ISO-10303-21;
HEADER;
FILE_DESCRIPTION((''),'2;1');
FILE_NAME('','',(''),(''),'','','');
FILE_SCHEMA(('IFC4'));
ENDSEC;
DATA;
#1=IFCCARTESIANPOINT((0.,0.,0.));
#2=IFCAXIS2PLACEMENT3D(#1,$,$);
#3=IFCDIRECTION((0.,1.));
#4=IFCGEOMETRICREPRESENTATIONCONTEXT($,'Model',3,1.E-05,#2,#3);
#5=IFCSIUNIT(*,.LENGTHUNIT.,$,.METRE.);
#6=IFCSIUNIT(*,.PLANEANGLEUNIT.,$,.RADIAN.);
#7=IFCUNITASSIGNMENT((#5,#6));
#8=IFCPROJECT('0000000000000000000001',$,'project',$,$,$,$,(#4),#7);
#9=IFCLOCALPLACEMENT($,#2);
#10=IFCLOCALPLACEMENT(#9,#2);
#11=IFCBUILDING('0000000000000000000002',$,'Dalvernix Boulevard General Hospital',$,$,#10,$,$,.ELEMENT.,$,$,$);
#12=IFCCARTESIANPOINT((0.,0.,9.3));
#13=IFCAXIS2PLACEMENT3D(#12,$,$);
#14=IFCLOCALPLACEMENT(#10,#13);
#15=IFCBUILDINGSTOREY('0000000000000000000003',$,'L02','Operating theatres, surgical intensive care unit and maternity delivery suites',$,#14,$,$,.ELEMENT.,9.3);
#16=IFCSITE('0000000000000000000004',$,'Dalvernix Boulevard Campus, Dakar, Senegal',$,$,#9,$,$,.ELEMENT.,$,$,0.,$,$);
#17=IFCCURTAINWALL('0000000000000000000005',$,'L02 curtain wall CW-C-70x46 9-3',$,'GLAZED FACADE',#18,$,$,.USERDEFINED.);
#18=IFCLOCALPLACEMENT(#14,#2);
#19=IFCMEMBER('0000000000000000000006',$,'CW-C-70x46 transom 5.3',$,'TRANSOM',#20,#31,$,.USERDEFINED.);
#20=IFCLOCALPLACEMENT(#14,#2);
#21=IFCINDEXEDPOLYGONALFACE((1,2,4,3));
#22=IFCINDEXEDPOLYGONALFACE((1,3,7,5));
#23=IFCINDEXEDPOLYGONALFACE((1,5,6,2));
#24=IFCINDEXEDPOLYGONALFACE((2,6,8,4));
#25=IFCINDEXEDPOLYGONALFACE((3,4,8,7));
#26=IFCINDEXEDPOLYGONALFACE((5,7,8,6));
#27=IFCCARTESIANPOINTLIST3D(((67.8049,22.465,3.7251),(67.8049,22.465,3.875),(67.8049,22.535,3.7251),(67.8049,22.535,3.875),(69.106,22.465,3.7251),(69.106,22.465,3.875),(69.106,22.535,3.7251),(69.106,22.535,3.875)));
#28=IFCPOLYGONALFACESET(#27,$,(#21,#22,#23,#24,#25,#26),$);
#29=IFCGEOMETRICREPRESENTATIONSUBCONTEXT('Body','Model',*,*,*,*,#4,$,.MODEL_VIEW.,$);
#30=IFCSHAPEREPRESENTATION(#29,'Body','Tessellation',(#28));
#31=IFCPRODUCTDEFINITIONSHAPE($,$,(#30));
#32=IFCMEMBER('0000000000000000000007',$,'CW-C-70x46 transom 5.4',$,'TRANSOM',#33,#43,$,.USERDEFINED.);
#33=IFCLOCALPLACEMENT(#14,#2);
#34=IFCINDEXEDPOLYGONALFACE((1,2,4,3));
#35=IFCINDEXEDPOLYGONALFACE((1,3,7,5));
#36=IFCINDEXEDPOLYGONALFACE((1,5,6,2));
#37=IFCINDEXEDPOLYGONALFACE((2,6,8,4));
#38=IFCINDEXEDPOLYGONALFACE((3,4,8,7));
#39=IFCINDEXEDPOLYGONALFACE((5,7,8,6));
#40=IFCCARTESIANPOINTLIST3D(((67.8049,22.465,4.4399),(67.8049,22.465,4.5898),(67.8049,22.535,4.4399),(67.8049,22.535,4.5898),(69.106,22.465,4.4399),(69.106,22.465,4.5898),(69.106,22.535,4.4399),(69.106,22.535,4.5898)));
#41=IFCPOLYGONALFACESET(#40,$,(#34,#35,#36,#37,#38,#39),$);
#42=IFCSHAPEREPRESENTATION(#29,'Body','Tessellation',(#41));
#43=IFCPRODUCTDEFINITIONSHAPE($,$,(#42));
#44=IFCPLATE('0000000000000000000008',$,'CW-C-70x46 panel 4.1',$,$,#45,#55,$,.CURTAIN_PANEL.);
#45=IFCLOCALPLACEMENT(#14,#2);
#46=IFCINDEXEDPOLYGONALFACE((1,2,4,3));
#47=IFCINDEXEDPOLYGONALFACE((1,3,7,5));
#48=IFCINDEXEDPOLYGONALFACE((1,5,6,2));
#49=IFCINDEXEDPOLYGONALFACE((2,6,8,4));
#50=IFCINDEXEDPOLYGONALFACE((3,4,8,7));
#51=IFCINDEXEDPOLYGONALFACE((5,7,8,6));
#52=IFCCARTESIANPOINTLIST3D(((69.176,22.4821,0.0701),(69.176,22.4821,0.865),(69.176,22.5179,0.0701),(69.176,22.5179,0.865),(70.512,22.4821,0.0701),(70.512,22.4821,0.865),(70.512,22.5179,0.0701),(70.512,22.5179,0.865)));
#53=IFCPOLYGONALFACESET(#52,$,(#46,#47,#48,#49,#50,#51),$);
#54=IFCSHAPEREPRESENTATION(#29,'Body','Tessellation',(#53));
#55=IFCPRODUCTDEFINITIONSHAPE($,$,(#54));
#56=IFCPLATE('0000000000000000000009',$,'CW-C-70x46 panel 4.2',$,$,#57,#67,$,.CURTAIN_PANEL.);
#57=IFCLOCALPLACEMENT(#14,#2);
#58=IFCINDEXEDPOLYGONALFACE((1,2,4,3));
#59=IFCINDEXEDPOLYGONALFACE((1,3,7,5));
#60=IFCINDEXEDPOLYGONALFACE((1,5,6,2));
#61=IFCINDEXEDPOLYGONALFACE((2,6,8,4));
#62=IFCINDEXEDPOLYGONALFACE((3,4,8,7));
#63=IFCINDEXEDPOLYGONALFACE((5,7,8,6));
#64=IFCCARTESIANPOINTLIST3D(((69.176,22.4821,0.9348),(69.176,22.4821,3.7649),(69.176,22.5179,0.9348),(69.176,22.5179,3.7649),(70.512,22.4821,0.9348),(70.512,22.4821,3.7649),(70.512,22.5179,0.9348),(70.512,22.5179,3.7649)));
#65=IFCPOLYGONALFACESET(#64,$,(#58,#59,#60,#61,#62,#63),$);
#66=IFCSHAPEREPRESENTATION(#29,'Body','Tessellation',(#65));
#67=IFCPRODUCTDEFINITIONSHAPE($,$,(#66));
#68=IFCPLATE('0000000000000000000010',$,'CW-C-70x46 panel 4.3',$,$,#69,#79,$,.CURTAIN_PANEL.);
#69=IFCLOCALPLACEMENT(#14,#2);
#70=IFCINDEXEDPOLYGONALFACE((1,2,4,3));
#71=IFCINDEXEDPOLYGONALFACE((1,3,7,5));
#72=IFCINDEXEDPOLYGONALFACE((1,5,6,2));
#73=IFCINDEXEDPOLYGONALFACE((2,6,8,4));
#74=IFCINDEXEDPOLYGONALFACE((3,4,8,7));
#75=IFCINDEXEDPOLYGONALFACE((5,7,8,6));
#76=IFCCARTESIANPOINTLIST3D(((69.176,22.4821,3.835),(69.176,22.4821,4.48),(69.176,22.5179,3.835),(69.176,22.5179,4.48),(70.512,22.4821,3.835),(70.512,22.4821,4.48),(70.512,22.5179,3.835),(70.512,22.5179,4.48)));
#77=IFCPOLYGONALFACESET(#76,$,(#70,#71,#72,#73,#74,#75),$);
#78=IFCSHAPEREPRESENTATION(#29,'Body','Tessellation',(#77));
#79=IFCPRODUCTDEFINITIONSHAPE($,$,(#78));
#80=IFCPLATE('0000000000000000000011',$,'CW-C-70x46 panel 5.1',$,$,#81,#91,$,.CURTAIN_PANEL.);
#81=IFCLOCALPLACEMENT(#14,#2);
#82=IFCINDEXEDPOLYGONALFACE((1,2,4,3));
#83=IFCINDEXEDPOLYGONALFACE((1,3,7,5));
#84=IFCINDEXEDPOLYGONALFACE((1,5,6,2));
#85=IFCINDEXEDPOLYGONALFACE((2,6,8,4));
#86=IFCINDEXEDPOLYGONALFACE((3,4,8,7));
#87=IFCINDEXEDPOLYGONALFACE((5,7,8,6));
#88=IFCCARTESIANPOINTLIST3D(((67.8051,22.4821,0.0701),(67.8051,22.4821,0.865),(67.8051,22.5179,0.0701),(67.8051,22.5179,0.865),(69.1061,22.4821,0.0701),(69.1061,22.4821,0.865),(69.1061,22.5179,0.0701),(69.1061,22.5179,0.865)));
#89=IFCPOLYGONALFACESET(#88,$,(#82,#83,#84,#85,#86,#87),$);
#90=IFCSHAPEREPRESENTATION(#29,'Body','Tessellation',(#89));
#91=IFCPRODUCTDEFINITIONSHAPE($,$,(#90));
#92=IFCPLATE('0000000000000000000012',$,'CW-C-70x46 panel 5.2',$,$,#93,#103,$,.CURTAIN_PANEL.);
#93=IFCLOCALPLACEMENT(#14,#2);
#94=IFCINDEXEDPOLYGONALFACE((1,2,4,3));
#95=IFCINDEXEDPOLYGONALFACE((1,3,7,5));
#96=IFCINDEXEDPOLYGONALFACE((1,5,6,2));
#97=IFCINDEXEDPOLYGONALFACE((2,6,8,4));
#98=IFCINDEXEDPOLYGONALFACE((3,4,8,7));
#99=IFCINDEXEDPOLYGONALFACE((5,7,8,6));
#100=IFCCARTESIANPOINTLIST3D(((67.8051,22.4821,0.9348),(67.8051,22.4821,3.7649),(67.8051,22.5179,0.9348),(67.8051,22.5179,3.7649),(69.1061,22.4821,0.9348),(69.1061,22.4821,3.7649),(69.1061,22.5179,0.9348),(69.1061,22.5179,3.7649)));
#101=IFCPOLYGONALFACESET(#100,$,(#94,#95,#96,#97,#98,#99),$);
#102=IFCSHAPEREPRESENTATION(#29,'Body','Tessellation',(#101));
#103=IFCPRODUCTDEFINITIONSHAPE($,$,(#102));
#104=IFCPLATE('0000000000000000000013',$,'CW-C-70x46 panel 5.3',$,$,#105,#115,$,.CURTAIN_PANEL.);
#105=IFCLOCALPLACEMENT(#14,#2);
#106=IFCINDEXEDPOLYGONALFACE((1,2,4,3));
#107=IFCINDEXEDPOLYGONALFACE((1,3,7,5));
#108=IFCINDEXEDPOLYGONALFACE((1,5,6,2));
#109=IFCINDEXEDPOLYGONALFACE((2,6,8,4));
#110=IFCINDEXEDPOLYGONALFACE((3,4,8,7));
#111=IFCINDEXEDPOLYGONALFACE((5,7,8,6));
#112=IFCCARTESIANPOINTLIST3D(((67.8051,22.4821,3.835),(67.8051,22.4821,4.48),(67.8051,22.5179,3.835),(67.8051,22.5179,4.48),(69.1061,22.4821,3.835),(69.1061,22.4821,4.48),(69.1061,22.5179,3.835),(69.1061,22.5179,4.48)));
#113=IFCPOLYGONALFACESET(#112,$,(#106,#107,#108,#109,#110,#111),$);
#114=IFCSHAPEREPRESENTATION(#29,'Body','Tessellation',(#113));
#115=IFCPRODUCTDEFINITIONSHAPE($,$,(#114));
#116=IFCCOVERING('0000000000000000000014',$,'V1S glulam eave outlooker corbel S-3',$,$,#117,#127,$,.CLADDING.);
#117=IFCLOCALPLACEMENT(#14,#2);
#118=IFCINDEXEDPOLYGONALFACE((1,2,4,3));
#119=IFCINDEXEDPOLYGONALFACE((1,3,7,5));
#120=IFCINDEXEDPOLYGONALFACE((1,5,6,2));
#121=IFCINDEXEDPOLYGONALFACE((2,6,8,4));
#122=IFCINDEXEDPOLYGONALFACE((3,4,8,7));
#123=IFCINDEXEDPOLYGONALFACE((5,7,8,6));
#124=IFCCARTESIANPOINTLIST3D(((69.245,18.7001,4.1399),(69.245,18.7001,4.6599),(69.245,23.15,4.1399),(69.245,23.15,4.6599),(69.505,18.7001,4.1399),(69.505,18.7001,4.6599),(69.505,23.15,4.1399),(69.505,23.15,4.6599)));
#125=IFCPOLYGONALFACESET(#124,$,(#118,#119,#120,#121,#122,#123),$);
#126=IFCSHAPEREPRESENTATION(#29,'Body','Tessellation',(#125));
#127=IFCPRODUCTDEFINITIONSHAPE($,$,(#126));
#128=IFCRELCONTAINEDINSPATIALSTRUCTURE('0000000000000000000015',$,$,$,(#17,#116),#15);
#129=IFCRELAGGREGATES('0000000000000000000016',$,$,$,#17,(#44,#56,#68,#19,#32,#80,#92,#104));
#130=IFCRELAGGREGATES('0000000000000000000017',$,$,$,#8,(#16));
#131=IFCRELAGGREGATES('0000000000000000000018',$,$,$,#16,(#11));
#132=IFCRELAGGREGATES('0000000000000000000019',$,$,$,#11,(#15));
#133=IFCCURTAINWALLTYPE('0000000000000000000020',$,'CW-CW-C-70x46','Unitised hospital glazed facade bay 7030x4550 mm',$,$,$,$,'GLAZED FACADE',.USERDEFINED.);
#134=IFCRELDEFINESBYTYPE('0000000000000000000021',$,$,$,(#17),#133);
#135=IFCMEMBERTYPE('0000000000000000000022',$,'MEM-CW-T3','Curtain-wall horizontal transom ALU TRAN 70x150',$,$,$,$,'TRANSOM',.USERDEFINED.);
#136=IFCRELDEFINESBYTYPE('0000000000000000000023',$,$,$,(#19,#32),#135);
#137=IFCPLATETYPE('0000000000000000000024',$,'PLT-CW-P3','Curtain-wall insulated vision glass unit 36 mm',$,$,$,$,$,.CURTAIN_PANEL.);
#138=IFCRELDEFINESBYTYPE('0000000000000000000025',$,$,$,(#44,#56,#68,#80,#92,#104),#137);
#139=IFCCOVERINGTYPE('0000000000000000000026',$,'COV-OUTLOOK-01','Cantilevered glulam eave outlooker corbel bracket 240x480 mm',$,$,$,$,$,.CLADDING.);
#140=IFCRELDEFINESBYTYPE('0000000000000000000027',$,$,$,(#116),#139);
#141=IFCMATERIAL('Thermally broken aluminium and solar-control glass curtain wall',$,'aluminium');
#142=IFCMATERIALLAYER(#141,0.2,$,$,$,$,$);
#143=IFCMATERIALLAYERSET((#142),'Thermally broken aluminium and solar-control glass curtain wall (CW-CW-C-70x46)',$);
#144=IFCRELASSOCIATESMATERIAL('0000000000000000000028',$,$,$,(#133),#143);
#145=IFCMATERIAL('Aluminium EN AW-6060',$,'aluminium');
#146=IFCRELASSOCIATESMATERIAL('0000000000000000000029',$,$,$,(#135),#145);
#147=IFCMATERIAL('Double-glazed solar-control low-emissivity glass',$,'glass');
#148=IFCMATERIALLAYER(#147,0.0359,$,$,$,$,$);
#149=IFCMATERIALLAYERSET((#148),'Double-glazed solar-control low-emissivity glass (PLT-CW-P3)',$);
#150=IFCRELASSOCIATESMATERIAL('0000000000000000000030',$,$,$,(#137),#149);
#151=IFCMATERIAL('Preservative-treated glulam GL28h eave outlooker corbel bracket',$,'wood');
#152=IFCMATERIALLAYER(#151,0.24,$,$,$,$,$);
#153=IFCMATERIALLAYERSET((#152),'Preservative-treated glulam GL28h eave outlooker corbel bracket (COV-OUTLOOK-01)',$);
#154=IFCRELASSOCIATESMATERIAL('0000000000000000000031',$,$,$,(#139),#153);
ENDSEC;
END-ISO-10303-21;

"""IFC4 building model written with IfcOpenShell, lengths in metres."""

from ifc_helpers import new_model, si_unit, direction, frame, origin, origin_2d, place, context, subcontext, project, spatial, rectangle, extrude, material, layer, layer_set, material_profile, profile_set, type_object, element, aggregate, save


model = new_model("IFC4")

# Units and contexts
model_context = context("Model", 3, precision=1e-05, world=origin(), true_north=direction((0.0, 1.0)))
body_context = subcontext(model_context, "Body", "Model", "MODEL_VIEW")
ifc_project = project(units=[si_unit("LENGTHUNIT", "METRE"), si_unit("PLANEANGLEUNIT", "RADIAN")], contexts=[model_context])

# Site, building, storey
site_placement = place(None, origin())
site = spatial("IfcSite", under=ifc_project, at=site_placement, Name="Dalvernix Boulevard Campus, Dakar, Senegal", CompositionType="ELEMENT", RefElevation=0.0)
building_placement = place(site_placement, origin())
building = spatial("IfcBuilding", under=site, at=building_placement, Name="Dalvernix Boulevard General Hospital", CompositionType="ELEMENT")
storey_placement = place(building_placement, frame((0.0, 0.0, 9.3)))
storey = spatial("IfcBuildingStorey", under=building, at=storey_placement, Name="L02", Description="Operating theatres, surgical intensive care unit and maternity delivery suites", CompositionType="ELEMENT", Elevation=9.3)

# Shared definitions
ifc_material_1 = material(Name="Thermally broken aluminium and solar-control glass curtain wall", Category="aluminium")
ifc_material_2 = material(Name="Aluminium EN AW-6060", Category="aluminium")

# Curtain wall
ifc_layer_1 = layer(ifc_material_1, 0.2)
ifc_layer_set_1 = layer_set([ifc_layer_1], Name="Thermally broken aluminium and solar-control glass curtain wall (CW-CW-C-70x46)")
curtain_wall_type_1 = type_object("IfcCurtainWallType", Name="CW-CW-C-70x46", Description="Unitised hospital glazed facade bay 7030x4550 mm", ElementType="GLAZED FACADE", PredefinedType="USERDEFINED", material=ifc_layer_set_1)
curtain_wall_1_placement = place(storey_placement, origin())
curtain_wall_1 = element("IfcCurtainWall", 1, at=curtain_wall_1_placement, inside=storey, type_object=curtain_wall_type_1, Name="L02 curtain wall CW-C-70x46 9-3", ObjectType="GLAZED FACADE", PredefinedType="USERDEFINED")

# Members
ifc_material_profile_1 = material_profile(ifc_material_2, rectangle(XDim=0.0701, YDim=0.1499, at=origin_2d()), Name="ALU TRAN 70x150")
ifc_profile_set_1 = profile_set([ifc_material_profile_1], Name="Aluminium EN AW-6060")
member_type_1 = type_object("IfcMemberType", Name="MEM-CW-T3", Description="Curtain-wall horizontal transom ALU TRAN 70x150", ElementType="TRANSOM", PredefinedType="USERDEFINED", material=ifc_profile_set_1)
member_1_placement = place(storey_placement, frame((69.106, 22.5, 3.8), z_axis=(-1.0, 0.0, 0.0), x_axis=(0.0, -1.0, 0.0)))
member_1 = element("IfcMember", 2, at=member_1_placement, type_object=member_type_1, Name="CW-C-70x46 transom 5.3", ObjectType="TRANSOM", PredefinedType="USERDEFINED", context=body_context, shape_type="SweptSolid", body=[
    extrude(rectangle(XDim=0.0701, YDim=0.1499, at=origin_2d()), origin(), (0.0, 0.0, 1.0), 1.301),
])
member_2_placement = place(storey_placement, frame((69.106, 22.5, 4.5149), z_axis=(-1.0, 0.0, 0.0), x_axis=(0.0, -1.0, 0.0)))
member_2 = element("IfcMember", 3, at=member_2_placement, type_object=member_type_1, Name="CW-C-70x46 transom 5.4", ObjectType="TRANSOM", PredefinedType="USERDEFINED", context=body_context, shape_type="SweptSolid", body=[
    extrude(rectangle(XDim=0.0701, YDim=0.1499, at=origin_2d()), origin(), (0.0, 0.0, 1.0), 1.301),
])

# Plates
ifc_material_3 = material(Name="Double-glazed solar-control low-emissivity glass", Category="glass")
ifc_layer_2 = layer(ifc_material_3, 0.0359)
ifc_layer_set_2 = layer_set([ifc_layer_2], Name="Double-glazed solar-control low-emissivity glass (PLT-CW-P3)")
plate_type = type_object("IfcPlateType", Name="PLT-CW-P3", Description="Curtain-wall insulated vision glass unit 36 mm", PredefinedType="CURTAIN_PANEL", material=ifc_layer_set_2)
plate_1_placement = place(storey_placement, frame((69.844, 22.5, 0.0701), z_axis=(0.0, 0.0, 1.0), x_axis=(-1.0, 0.0, 0.0)))
plate_1 = element("IfcPlate", 4, at=plate_1_placement, type_object=plate_type, Name="CW-C-70x46 panel 4.1", PredefinedType="CURTAIN_PANEL", context=body_context, shape_type="SweptSolid", body=[
    extrude(rectangle(XDim=1.3359, YDim=0.0359, at=origin_2d()), origin(), (0.0, 0.0, 1.0), 0.7949),
])
plate_2_placement = place(storey_placement, frame((69.844, 22.5, 0.9348), z_axis=(0.0, 0.0, 1.0), x_axis=(-1.0, 0.0, 0.0)))
plate_2 = element("IfcPlate", 5, at=plate_2_placement, type_object=plate_type, Name="CW-C-70x46 panel 4.2", PredefinedType="CURTAIN_PANEL", context=body_context, shape_type="SweptSolid", body=[
    extrude(rectangle(XDim=1.3359, YDim=0.0359, at=origin_2d()), origin(), (0.0, 0.0, 1.0), 2.8301),
])
plate_3_placement = place(storey_placement, frame((69.844, 22.5, 3.835), z_axis=(0.0, 0.0, 1.0), x_axis=(-1.0, 0.0, 0.0)))
plate_3 = element("IfcPlate", 6, at=plate_3_placement, type_object=plate_type, Name="CW-C-70x46 panel 4.3", PredefinedType="CURTAIN_PANEL", context=body_context, shape_type="SweptSolid", body=[
    extrude(rectangle(XDim=1.3359, YDim=0.0359, at=origin_2d()), origin(), (0.0, 0.0, 1.0), 0.645),
])
plate_4_placement = place(storey_placement, frame((68.4556, 22.5, 0.0701), z_axis=(0.0, 0.0, 1.0), x_axis=(-1.0, 0.0, 0.0)))
plate_4 = element("IfcPlate", 7, at=plate_4_placement, type_object=plate_type, Name="CW-C-70x46 panel 5.1", PredefinedType="CURTAIN_PANEL", context=body_context, shape_type="SweptSolid", body=[
    extrude(rectangle(XDim=1.301, YDim=0.0359, at=origin_2d()), origin(), (0.0, 0.0, 1.0), 0.7949),
])
plate_5_placement = place(storey_placement, frame((68.4556, 22.5, 0.9348), z_axis=(0.0, 0.0, 1.0), x_axis=(-1.0, 0.0, 0.0)))
plate_5 = element("IfcPlate", 8, at=plate_5_placement, type_object=plate_type, Name="CW-C-70x46 panel 5.2", PredefinedType="CURTAIN_PANEL", context=body_context, shape_type="SweptSolid", body=[
    extrude(rectangle(XDim=1.301, YDim=0.0359, at=origin_2d()), origin(), (0.0, 0.0, 1.0), 2.8301),
])
plate_6_placement = place(storey_placement, frame((68.4556, 22.5, 3.835), z_axis=(0.0, 0.0, 1.0), x_axis=(-1.0, 0.0, 0.0)))
plate_6 = element("IfcPlate", 9, at=plate_6_placement, type_object=plate_type, Name="CW-C-70x46 panel 5.3", PredefinedType="CURTAIN_PANEL", context=body_context, shape_type="SweptSolid", body=[
    extrude(rectangle(XDim=1.301, YDim=0.0359, at=origin_2d()), origin(), (0.0, 0.0, 1.0), 0.645),
])
aggregate(curtain_wall_1, [plate_1, plate_2, plate_3, member_1, member_2, plate_4, plate_5, plate_6])

# Covering
ifc_material_4 = material(Name="Preservative-treated glulam GL28h eave outlooker corbel bracket", Category="wood")
ifc_layer_3 = layer(ifc_material_4, 0.24)
ifc_layer_set_3 = layer_set([ifc_layer_3], Name="Preservative-treated glulam GL28h eave outlooker corbel bracket (COV-OUTLOOK-01)")
covering_type = type_object("IfcCoveringType", Name="COV-OUTLOOK-01", Description="Cantilevered glulam eave outlooker corbel bracket 240x480 mm", PredefinedType="CLADDING", material=ifc_layer_set_3)
covering_placement = place(storey_placement, frame((69.375, 20.925, 4.1399), z_axis=(0.0, 0.0, 1.0), x_axis=(1.0, 0.0, 0.0)))
element("IfcCovering", 10, at=covering_placement, inside=storey, type_object=covering_type, Name="V1S glulam eave outlooker corbel S-3", PredefinedType="CLADDING", context=body_context, shape_type="SweptSolid", body=[
    extrude(rectangle(XDim=0.26, YDim=4.45, at=origin_2d()), origin(), (0.0, 0.0, 1.0), 0.52),
])

save(model, "model.ifc")
